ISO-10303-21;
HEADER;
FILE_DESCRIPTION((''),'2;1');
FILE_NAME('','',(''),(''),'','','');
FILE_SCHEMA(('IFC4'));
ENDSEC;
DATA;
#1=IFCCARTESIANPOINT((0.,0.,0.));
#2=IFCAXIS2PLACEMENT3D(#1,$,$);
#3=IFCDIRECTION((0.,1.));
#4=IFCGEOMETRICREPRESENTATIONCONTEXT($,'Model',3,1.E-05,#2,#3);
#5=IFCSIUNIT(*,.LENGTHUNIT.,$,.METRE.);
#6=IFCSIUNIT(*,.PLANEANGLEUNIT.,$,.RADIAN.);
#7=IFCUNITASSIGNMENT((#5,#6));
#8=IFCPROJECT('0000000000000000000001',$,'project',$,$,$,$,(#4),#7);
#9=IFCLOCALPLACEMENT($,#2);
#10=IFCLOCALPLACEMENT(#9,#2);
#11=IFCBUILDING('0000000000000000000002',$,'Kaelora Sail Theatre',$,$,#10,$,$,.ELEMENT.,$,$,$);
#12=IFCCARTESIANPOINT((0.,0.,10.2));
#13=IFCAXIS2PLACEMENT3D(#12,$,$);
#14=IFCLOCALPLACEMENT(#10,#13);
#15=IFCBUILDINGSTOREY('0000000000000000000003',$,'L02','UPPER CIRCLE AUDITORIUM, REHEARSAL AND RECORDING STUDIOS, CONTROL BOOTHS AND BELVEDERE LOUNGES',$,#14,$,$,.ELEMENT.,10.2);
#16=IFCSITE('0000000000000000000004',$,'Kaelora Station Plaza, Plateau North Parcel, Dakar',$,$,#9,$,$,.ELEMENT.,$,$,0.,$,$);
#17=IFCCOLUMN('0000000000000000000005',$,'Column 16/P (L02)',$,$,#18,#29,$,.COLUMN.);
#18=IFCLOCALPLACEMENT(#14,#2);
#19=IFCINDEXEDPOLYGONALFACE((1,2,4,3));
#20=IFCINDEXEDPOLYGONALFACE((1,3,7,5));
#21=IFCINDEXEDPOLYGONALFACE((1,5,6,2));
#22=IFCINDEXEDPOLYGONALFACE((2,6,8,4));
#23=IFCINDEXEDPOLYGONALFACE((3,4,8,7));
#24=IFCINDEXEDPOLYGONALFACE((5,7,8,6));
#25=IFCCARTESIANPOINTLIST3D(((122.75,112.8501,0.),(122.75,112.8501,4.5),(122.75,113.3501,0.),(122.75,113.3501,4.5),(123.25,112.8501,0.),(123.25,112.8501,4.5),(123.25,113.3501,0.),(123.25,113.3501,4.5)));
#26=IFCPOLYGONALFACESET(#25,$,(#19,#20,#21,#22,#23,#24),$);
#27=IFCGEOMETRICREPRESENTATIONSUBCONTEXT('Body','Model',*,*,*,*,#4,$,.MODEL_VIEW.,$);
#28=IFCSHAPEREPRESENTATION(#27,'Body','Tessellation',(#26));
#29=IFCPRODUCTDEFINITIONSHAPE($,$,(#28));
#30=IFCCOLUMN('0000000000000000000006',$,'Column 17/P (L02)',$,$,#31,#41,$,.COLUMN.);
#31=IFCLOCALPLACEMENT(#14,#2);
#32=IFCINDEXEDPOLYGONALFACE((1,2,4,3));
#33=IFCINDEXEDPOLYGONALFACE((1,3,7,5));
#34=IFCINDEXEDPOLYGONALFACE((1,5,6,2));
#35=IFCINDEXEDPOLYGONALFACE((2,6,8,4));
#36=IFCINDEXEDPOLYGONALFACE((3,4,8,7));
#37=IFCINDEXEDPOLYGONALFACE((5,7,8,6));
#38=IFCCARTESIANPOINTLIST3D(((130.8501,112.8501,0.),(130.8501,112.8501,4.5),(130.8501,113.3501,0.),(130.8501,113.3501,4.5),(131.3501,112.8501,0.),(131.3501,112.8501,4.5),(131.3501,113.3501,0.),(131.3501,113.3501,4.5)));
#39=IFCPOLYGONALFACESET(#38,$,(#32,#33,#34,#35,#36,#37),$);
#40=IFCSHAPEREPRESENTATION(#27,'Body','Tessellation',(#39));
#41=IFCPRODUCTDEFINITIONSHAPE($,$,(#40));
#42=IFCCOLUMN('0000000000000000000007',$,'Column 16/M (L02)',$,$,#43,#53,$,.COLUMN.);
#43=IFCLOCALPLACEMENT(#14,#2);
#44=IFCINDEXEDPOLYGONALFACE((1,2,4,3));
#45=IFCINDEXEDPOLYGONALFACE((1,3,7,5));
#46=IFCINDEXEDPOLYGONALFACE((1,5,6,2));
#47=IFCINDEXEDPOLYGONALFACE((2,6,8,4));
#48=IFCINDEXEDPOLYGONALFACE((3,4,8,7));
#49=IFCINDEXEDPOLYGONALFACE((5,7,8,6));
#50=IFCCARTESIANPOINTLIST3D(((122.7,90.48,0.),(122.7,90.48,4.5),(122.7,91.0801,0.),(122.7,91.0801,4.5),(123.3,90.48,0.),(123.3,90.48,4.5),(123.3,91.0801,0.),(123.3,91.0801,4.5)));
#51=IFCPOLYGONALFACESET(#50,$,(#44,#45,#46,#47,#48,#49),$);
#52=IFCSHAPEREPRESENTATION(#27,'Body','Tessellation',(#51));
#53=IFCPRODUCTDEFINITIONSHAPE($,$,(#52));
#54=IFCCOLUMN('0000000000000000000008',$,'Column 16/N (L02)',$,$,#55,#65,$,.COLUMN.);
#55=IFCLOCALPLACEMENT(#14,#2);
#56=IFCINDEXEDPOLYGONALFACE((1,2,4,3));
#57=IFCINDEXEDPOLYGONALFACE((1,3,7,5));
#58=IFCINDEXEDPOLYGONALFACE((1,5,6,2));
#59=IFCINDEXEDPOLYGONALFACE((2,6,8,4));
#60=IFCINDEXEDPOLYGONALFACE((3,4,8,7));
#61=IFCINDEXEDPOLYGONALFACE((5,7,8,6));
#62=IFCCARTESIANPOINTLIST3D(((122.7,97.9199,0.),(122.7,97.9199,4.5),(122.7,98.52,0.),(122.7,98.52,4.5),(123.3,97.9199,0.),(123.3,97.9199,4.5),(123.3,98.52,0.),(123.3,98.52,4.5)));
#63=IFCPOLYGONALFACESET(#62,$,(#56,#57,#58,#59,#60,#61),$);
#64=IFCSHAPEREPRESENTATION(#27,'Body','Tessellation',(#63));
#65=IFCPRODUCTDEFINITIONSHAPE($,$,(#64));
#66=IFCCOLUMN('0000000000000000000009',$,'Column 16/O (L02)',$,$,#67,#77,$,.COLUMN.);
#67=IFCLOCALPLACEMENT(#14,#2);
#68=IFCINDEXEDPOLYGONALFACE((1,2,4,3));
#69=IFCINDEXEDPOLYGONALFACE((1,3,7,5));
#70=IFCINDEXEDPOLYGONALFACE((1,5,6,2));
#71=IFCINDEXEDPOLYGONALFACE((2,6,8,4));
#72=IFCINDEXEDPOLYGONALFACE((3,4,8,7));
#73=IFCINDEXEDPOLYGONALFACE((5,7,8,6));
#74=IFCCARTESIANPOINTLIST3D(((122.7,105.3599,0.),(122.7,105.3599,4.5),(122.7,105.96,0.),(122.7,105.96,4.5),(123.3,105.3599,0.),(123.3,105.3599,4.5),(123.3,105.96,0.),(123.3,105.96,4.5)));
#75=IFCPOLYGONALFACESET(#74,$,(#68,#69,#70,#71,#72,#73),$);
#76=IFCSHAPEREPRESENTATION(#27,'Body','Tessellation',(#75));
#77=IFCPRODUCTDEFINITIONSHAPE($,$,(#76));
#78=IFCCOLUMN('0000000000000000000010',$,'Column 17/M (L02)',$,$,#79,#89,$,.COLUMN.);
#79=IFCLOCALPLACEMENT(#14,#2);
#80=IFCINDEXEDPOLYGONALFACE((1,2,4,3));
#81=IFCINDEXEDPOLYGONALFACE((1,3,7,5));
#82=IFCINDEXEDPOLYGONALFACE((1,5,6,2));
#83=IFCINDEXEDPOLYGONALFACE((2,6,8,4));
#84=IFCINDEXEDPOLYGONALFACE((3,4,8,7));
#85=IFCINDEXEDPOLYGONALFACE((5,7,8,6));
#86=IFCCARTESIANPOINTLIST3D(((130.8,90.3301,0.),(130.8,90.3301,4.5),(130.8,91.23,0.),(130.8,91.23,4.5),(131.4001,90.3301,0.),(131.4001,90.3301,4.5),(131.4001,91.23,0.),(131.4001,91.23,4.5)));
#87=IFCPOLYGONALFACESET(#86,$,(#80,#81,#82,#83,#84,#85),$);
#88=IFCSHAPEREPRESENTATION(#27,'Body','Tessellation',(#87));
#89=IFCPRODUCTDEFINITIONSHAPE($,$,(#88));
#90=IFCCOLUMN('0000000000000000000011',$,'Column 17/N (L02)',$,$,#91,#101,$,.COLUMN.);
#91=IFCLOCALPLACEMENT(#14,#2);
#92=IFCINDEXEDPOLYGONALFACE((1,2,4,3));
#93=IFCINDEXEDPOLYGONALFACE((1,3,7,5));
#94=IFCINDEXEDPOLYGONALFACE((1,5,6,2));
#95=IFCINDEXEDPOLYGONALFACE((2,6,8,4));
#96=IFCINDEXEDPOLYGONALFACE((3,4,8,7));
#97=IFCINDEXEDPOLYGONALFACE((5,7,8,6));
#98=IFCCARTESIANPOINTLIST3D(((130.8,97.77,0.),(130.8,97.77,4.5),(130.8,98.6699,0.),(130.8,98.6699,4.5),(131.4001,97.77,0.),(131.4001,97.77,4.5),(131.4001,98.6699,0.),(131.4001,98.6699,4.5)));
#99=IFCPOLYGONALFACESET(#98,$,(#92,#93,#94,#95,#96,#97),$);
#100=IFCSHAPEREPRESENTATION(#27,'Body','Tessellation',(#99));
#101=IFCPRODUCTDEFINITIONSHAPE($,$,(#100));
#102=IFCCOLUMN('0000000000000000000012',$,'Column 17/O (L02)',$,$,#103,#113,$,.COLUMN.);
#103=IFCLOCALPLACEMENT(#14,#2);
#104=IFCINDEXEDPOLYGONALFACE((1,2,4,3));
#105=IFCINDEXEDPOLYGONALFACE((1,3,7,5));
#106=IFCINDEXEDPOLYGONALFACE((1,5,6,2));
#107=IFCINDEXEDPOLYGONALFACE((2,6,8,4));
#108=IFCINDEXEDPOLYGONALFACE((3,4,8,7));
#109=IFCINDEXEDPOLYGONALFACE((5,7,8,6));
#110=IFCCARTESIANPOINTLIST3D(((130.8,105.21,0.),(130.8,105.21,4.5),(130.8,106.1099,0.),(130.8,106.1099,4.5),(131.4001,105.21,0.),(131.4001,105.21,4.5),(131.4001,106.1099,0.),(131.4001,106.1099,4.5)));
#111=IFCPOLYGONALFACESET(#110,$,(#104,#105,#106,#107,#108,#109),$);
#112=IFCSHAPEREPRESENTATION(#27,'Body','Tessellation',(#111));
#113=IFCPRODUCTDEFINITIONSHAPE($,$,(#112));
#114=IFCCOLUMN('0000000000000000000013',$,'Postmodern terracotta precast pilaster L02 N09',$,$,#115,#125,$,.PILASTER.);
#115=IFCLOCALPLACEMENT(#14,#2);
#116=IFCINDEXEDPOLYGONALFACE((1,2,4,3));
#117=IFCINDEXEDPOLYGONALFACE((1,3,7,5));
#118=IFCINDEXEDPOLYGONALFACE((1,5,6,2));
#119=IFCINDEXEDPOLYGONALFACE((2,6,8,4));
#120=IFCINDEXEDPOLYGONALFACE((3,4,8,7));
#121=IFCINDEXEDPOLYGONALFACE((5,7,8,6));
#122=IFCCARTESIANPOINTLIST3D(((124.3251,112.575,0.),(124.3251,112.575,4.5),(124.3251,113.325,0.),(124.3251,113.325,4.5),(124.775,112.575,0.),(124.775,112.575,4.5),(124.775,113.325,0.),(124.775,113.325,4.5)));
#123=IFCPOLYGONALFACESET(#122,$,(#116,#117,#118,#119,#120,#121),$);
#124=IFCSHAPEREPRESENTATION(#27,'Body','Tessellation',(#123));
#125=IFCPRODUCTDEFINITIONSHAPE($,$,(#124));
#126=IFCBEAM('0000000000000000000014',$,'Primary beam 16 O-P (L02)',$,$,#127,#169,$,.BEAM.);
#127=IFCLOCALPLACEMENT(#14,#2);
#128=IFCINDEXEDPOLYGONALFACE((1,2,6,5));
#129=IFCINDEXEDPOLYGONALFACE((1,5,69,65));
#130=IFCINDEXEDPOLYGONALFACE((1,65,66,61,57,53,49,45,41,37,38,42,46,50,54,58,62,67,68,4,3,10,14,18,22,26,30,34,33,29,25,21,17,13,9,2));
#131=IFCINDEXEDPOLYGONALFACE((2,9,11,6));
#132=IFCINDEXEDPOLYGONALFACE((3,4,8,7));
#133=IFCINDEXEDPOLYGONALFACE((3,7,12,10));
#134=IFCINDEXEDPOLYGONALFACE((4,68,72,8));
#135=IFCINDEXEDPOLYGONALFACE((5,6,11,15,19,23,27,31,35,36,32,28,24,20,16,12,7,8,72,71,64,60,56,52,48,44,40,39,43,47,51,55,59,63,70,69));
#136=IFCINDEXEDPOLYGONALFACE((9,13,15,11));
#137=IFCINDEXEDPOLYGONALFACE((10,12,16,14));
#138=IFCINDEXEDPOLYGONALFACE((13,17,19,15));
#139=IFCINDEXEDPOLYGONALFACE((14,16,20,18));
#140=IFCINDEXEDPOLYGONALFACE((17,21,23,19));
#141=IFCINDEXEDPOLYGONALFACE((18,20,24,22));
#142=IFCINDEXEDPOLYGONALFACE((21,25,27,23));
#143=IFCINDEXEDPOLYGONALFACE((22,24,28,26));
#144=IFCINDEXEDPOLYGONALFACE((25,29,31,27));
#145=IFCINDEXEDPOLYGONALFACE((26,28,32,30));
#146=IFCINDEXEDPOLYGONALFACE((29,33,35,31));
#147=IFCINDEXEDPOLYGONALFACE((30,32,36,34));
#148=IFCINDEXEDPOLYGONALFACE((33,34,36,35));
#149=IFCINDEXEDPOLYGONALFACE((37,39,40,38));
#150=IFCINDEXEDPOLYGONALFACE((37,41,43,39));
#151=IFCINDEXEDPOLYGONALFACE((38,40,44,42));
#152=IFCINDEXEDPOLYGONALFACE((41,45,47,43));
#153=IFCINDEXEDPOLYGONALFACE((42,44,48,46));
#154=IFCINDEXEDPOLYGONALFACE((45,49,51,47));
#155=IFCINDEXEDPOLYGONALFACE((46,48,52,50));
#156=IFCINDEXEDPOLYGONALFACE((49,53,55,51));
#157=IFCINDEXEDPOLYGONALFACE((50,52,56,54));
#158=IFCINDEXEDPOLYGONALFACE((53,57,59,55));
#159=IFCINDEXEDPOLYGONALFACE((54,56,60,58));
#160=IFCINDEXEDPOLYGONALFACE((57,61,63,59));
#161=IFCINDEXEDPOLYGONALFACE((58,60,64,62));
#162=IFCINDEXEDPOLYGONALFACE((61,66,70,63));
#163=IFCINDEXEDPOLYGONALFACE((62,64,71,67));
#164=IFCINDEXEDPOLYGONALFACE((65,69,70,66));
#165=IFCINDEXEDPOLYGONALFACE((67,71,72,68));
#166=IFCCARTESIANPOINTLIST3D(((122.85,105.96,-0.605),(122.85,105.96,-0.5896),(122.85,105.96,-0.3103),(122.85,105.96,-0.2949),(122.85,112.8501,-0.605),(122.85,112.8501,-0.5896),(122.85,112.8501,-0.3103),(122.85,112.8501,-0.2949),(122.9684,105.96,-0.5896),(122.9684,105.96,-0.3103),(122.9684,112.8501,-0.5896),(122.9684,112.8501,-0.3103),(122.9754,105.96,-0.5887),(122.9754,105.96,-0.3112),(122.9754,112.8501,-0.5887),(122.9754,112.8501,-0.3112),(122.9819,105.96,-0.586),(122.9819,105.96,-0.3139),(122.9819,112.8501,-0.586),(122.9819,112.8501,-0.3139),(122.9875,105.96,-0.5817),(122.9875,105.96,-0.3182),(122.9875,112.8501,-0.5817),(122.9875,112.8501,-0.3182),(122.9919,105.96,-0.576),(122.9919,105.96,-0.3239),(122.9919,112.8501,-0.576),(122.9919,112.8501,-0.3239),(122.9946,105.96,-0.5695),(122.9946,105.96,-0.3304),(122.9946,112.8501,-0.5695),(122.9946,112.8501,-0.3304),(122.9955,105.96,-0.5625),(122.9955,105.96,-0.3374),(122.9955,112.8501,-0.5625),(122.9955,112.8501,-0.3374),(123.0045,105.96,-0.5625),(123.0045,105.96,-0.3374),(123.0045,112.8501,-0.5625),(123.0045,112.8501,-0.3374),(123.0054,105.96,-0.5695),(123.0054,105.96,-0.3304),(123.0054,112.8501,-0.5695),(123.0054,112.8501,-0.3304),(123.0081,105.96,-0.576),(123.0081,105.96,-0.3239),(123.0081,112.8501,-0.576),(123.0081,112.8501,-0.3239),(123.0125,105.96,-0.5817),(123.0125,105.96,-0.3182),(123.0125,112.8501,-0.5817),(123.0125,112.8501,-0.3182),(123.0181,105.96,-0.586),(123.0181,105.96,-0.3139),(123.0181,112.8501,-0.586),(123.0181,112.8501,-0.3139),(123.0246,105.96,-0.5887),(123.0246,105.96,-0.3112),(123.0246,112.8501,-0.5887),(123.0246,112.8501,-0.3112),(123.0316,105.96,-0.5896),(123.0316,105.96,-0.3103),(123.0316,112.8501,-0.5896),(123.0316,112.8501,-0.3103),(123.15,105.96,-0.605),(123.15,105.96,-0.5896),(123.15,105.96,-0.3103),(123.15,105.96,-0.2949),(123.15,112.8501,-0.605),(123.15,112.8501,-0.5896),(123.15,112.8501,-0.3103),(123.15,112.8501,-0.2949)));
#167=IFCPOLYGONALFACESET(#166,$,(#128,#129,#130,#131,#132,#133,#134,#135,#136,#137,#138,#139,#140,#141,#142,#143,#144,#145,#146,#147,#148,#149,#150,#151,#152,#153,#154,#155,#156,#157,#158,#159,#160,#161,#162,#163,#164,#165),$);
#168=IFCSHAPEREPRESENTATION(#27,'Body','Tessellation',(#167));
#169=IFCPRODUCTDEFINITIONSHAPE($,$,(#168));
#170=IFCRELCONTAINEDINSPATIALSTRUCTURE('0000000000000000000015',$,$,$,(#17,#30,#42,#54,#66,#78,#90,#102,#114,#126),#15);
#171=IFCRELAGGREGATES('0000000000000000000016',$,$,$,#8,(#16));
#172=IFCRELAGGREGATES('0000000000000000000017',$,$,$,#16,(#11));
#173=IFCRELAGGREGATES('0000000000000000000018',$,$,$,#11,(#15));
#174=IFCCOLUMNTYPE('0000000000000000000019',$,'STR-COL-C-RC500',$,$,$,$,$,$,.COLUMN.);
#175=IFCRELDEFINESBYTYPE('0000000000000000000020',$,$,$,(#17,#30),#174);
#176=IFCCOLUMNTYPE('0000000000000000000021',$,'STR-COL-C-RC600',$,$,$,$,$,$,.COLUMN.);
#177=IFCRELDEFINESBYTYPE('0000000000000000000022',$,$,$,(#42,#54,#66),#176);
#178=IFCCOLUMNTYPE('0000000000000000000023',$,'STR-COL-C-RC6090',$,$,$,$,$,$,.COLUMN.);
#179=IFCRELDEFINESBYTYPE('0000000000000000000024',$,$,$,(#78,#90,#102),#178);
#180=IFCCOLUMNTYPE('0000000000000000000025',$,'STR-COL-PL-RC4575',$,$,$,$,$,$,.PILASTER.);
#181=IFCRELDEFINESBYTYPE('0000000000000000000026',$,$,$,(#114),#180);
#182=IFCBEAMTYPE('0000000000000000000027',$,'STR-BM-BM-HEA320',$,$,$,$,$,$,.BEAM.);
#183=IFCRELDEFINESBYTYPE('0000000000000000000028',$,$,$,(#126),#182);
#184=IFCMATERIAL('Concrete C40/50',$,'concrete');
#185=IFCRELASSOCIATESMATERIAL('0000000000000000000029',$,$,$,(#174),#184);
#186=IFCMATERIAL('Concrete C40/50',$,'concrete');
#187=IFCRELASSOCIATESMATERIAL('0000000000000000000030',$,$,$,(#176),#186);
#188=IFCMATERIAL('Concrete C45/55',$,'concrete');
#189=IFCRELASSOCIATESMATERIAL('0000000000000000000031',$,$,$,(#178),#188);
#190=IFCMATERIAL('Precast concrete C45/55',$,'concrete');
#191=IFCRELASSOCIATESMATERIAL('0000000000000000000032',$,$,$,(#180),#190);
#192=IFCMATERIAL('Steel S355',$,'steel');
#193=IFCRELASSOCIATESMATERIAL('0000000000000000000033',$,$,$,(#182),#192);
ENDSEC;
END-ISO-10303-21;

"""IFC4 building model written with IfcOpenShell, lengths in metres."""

from ifc_helpers import new_model, si_unit, direction, frame, origin, origin_2d, place, context, subcontext, project, spatial, rectangle, i_section, extrude, material, material_profile, profile_set, type_object, element, save


model = new_model("IFC4")

# Units and contexts
model_context = context("Model", 3, precision=1e-05, world=origin(), true_north=direction((0.0, 1.0)))
body_context = subcontext(model_context, "Body", "Model", "MODEL_VIEW")
ifc_project = project(units=[si_unit("LENGTHUNIT", "METRE"), si_unit("PLANEANGLEUNIT", "RADIAN")], contexts=[model_context])

# Site, building, storey
site_placement = place(None, origin())
site = spatial("IfcSite", under=ifc_project, at=site_placement, Name="Kaelora Station Plaza, Plateau North Parcel, Dakar", CompositionType="ELEMENT", RefElevation=0.0)
building_placement = place(site_placement, origin())
building = spatial("IfcBuilding", under=site, at=building_placement, Name="Kaelora Sail Theatre", CompositionType="ELEMENT")
storey_placement = place(building_placement, frame((0.0, 0.0, 10.2)))
storey = spatial("IfcBuildingStorey", under=building, at=storey_placement, Name="L02", Description="UPPER CIRCLE AUDITORIUM, REHEARSAL AND RECORDING STUDIOS, CONTROL BOOTHS AND BELVEDERE LOUNGES", CompositionType="ELEMENT", Elevation=10.2)

# Columns
ifc_material_1 = material(Name="Concrete C40/50", Category="concrete")
ifc_material_profile_1 = material_profile(ifc_material_1, rectangle(XDim=0.5, YDim=0.5, at=origin_2d()), Name="RC-COL 500x500")
ifc_profile_set_1 = profile_set([ifc_material_profile_1], Name="Concrete C40/50")
column_type_1 = type_object("IfcColumnType", Name="STR-COL-C-RC500", PredefinedType="COLUMN", material=ifc_profile_set_1)
for number, where, z_axis, x_axis, name in (
    (1, (123.0, 113.1001, 0.0), (0.0, 0.0, 1.0), (1.0, 0.0, 0.0), "Column 16/P (L02)"),
    (2, (131.1001, 113.1001, 0.0), (0.0, 0.0, 1.0), (1.0, 0.0, 0.0), "Column 17/P (L02)"),
):
    element("IfcColumn", number, at=place(storey_placement, frame(where, z_axis=z_axis, x_axis=x_axis)), inside=storey, type_object=column_type_1, Name=name, PredefinedType="COLUMN", context=body_context, shape_type="SweptSolid", body=[
        extrude(rectangle(XDim=0.5, YDim=0.5, at=origin_2d()), origin(), (0.0, 0.0, 1.0), 4.5),
    ])
ifc_material_2 = material(Name="Concrete C40/50", Category="concrete")
ifc_material_profile_2 = material_profile(ifc_material_2, rectangle(XDim=0.6001, YDim=0.6001, at=origin_2d()), Name="RC-COL 600x600")
ifc_profile_set_2 = profile_set([ifc_material_profile_2], Name="Concrete C40/50")
column_type_2 = type_object("IfcColumnType", Name="STR-COL-C-RC600", PredefinedType="COLUMN", material=ifc_profile_set_2)
for number, where, z_axis, x_axis, name in (
    (3, (123.0, 90.78, 0.0), (0.0, 0.0, 1.0), (1.0, 0.0, 0.0), "Column 16/M (L02)"),
    (4, (123.0, 98.22, 0.0), (0.0, 0.0, 1.0), (1.0, 0.0, 0.0), "Column 16/N (L02)"),
    (5, (123.0, 105.6599, 0.0), (0.0, 0.0, 1.0), (1.0, 0.0, 0.0), "Column 16/O (L02)"),
):
    element("IfcColumn", number, at=place(storey_placement, frame(where, z_axis=z_axis, x_axis=x_axis)), inside=storey, type_object=column_type_2, Name=name, PredefinedType="COLUMN", context=body_context, shape_type="SweptSolid", body=[
        extrude(rectangle(XDim=0.6001, YDim=0.6001, at=origin_2d()), origin(), (0.0, 0.0, 1.0), 4.5),
    ])
ifc_material_3 = material(Name="Concrete C45/55", Category="concrete")
ifc_material_profile_3 = material_profile(ifc_material_3, rectangle(XDim=0.6001, YDim=0.8999, at=origin_2d()), Name="RC-COL 600x900")
ifc_profile_set_3 = profile_set([ifc_material_profile_3], Name="Concrete C45/55")
column_type_3 = type_object("IfcColumnType", Name="STR-COL-C-RC6090", PredefinedType="COLUMN", material=ifc_profile_set_3)
for number, where, z_axis, x_axis, name in (
    (6, (131.1001, 90.78, 0.0), (0.0, 0.0, 1.0), (1.0, 0.0, 0.0), "Column 17/M (L02)"),
    (7, (131.1001, 98.22, 0.0), (0.0, 0.0, 1.0), (1.0, 0.0, 0.0), "Column 17/N (L02)"),
    (8, (131.1001, 105.6599, 0.0), (0.0, 0.0, 1.0), (1.0, 0.0, 0.0), "Column 17/O (L02)"),
):
    element("IfcColumn", number, at=place(storey_placement, frame(where, z_axis=z_axis, x_axis=x_axis)), inside=storey, type_object=column_type_3, Name=name, PredefinedType="COLUMN", context=body_context, shape_type="SweptSolid", body=[
        extrude(rectangle(XDim=0.6001, YDim=0.8999, at=origin_2d()), origin(), (0.0, 0.0, 1.0), 4.5),
    ])
ifc_material_4 = material(Name="Precast concrete C45/55", Category="concrete")
ifc_material_profile_4 = material_profile(ifc_material_4, rectangle(XDim=0.45, YDim=0.75, at=origin_2d()), Name="RC-PIL 450x750")
ifc_profile_set_4 = profile_set([ifc_material_profile_4], Name="Precast concrete C45/55")
column_type_4 = type_object("IfcColumnType", Name="STR-COL-PL-RC4575", PredefinedType="PILASTER", material=ifc_profile_set_4)
column_placement = place(storey_placement, frame((124.55, 112.95, 0.0), z_axis=(0.0, 0.0, 1.0), x_axis=(1.0, 0.0, 0.0)))
element("IfcColumn", 9, at=column_placement, inside=storey, type_object=column_type_4, Name="Postmodern terracotta precast pilaster L02 N09", PredefinedType="PILASTER", context=body_context, shape_type="SweptSolid", body=[
    extrude(rectangle(XDim=0.45, YDim=0.75, at=origin_2d()), origin(), (0.0, 0.0, 1.0), 4.5),
])

# Beam
ifc_material_5 = material(Name="Steel S355", Category="steel")
ifc_material_profile_5 = material_profile(ifc_material_5, i_section(OverallWidth=0.3, OverallDepth=0.3101, WebThickness=0.009, FlangeThickness=0.0154, FilletRadius=0.0271, at=origin_2d()), Name="HEA 320")
ifc_profile_set_5 = profile_set([ifc_material_profile_5], Name="Steel S355")
beam_type_1 = type_object("IfcBeamType", Name="STR-BM-BM-HEA320", PredefinedType="BEAM", material=ifc_profile_set_5)
beam_1_placement = place(storey_placement, frame((123.0, 105.96, -0.45), z_axis=(0.0, 1.0, 0.0), x_axis=(-1.0, 0.0, 0.0)))
element("IfcBeam", 10, at=beam_1_placement, inside=storey, type_object=beam_type_1, Name="Primary beam 16 O-P (L02)", PredefinedType="BEAM", context=body_context, shape_type="SweptSolid", body=[
    extrude(i_section(OverallWidth=0.3, OverallDepth=0.3101, WebThickness=0.009, FlangeThickness=0.0154, FilletRadius=0.0271, at=origin_2d()), origin(), (0.0, 0.0, 1.0), 6.8901),
])

save(model, "model.ifc")
